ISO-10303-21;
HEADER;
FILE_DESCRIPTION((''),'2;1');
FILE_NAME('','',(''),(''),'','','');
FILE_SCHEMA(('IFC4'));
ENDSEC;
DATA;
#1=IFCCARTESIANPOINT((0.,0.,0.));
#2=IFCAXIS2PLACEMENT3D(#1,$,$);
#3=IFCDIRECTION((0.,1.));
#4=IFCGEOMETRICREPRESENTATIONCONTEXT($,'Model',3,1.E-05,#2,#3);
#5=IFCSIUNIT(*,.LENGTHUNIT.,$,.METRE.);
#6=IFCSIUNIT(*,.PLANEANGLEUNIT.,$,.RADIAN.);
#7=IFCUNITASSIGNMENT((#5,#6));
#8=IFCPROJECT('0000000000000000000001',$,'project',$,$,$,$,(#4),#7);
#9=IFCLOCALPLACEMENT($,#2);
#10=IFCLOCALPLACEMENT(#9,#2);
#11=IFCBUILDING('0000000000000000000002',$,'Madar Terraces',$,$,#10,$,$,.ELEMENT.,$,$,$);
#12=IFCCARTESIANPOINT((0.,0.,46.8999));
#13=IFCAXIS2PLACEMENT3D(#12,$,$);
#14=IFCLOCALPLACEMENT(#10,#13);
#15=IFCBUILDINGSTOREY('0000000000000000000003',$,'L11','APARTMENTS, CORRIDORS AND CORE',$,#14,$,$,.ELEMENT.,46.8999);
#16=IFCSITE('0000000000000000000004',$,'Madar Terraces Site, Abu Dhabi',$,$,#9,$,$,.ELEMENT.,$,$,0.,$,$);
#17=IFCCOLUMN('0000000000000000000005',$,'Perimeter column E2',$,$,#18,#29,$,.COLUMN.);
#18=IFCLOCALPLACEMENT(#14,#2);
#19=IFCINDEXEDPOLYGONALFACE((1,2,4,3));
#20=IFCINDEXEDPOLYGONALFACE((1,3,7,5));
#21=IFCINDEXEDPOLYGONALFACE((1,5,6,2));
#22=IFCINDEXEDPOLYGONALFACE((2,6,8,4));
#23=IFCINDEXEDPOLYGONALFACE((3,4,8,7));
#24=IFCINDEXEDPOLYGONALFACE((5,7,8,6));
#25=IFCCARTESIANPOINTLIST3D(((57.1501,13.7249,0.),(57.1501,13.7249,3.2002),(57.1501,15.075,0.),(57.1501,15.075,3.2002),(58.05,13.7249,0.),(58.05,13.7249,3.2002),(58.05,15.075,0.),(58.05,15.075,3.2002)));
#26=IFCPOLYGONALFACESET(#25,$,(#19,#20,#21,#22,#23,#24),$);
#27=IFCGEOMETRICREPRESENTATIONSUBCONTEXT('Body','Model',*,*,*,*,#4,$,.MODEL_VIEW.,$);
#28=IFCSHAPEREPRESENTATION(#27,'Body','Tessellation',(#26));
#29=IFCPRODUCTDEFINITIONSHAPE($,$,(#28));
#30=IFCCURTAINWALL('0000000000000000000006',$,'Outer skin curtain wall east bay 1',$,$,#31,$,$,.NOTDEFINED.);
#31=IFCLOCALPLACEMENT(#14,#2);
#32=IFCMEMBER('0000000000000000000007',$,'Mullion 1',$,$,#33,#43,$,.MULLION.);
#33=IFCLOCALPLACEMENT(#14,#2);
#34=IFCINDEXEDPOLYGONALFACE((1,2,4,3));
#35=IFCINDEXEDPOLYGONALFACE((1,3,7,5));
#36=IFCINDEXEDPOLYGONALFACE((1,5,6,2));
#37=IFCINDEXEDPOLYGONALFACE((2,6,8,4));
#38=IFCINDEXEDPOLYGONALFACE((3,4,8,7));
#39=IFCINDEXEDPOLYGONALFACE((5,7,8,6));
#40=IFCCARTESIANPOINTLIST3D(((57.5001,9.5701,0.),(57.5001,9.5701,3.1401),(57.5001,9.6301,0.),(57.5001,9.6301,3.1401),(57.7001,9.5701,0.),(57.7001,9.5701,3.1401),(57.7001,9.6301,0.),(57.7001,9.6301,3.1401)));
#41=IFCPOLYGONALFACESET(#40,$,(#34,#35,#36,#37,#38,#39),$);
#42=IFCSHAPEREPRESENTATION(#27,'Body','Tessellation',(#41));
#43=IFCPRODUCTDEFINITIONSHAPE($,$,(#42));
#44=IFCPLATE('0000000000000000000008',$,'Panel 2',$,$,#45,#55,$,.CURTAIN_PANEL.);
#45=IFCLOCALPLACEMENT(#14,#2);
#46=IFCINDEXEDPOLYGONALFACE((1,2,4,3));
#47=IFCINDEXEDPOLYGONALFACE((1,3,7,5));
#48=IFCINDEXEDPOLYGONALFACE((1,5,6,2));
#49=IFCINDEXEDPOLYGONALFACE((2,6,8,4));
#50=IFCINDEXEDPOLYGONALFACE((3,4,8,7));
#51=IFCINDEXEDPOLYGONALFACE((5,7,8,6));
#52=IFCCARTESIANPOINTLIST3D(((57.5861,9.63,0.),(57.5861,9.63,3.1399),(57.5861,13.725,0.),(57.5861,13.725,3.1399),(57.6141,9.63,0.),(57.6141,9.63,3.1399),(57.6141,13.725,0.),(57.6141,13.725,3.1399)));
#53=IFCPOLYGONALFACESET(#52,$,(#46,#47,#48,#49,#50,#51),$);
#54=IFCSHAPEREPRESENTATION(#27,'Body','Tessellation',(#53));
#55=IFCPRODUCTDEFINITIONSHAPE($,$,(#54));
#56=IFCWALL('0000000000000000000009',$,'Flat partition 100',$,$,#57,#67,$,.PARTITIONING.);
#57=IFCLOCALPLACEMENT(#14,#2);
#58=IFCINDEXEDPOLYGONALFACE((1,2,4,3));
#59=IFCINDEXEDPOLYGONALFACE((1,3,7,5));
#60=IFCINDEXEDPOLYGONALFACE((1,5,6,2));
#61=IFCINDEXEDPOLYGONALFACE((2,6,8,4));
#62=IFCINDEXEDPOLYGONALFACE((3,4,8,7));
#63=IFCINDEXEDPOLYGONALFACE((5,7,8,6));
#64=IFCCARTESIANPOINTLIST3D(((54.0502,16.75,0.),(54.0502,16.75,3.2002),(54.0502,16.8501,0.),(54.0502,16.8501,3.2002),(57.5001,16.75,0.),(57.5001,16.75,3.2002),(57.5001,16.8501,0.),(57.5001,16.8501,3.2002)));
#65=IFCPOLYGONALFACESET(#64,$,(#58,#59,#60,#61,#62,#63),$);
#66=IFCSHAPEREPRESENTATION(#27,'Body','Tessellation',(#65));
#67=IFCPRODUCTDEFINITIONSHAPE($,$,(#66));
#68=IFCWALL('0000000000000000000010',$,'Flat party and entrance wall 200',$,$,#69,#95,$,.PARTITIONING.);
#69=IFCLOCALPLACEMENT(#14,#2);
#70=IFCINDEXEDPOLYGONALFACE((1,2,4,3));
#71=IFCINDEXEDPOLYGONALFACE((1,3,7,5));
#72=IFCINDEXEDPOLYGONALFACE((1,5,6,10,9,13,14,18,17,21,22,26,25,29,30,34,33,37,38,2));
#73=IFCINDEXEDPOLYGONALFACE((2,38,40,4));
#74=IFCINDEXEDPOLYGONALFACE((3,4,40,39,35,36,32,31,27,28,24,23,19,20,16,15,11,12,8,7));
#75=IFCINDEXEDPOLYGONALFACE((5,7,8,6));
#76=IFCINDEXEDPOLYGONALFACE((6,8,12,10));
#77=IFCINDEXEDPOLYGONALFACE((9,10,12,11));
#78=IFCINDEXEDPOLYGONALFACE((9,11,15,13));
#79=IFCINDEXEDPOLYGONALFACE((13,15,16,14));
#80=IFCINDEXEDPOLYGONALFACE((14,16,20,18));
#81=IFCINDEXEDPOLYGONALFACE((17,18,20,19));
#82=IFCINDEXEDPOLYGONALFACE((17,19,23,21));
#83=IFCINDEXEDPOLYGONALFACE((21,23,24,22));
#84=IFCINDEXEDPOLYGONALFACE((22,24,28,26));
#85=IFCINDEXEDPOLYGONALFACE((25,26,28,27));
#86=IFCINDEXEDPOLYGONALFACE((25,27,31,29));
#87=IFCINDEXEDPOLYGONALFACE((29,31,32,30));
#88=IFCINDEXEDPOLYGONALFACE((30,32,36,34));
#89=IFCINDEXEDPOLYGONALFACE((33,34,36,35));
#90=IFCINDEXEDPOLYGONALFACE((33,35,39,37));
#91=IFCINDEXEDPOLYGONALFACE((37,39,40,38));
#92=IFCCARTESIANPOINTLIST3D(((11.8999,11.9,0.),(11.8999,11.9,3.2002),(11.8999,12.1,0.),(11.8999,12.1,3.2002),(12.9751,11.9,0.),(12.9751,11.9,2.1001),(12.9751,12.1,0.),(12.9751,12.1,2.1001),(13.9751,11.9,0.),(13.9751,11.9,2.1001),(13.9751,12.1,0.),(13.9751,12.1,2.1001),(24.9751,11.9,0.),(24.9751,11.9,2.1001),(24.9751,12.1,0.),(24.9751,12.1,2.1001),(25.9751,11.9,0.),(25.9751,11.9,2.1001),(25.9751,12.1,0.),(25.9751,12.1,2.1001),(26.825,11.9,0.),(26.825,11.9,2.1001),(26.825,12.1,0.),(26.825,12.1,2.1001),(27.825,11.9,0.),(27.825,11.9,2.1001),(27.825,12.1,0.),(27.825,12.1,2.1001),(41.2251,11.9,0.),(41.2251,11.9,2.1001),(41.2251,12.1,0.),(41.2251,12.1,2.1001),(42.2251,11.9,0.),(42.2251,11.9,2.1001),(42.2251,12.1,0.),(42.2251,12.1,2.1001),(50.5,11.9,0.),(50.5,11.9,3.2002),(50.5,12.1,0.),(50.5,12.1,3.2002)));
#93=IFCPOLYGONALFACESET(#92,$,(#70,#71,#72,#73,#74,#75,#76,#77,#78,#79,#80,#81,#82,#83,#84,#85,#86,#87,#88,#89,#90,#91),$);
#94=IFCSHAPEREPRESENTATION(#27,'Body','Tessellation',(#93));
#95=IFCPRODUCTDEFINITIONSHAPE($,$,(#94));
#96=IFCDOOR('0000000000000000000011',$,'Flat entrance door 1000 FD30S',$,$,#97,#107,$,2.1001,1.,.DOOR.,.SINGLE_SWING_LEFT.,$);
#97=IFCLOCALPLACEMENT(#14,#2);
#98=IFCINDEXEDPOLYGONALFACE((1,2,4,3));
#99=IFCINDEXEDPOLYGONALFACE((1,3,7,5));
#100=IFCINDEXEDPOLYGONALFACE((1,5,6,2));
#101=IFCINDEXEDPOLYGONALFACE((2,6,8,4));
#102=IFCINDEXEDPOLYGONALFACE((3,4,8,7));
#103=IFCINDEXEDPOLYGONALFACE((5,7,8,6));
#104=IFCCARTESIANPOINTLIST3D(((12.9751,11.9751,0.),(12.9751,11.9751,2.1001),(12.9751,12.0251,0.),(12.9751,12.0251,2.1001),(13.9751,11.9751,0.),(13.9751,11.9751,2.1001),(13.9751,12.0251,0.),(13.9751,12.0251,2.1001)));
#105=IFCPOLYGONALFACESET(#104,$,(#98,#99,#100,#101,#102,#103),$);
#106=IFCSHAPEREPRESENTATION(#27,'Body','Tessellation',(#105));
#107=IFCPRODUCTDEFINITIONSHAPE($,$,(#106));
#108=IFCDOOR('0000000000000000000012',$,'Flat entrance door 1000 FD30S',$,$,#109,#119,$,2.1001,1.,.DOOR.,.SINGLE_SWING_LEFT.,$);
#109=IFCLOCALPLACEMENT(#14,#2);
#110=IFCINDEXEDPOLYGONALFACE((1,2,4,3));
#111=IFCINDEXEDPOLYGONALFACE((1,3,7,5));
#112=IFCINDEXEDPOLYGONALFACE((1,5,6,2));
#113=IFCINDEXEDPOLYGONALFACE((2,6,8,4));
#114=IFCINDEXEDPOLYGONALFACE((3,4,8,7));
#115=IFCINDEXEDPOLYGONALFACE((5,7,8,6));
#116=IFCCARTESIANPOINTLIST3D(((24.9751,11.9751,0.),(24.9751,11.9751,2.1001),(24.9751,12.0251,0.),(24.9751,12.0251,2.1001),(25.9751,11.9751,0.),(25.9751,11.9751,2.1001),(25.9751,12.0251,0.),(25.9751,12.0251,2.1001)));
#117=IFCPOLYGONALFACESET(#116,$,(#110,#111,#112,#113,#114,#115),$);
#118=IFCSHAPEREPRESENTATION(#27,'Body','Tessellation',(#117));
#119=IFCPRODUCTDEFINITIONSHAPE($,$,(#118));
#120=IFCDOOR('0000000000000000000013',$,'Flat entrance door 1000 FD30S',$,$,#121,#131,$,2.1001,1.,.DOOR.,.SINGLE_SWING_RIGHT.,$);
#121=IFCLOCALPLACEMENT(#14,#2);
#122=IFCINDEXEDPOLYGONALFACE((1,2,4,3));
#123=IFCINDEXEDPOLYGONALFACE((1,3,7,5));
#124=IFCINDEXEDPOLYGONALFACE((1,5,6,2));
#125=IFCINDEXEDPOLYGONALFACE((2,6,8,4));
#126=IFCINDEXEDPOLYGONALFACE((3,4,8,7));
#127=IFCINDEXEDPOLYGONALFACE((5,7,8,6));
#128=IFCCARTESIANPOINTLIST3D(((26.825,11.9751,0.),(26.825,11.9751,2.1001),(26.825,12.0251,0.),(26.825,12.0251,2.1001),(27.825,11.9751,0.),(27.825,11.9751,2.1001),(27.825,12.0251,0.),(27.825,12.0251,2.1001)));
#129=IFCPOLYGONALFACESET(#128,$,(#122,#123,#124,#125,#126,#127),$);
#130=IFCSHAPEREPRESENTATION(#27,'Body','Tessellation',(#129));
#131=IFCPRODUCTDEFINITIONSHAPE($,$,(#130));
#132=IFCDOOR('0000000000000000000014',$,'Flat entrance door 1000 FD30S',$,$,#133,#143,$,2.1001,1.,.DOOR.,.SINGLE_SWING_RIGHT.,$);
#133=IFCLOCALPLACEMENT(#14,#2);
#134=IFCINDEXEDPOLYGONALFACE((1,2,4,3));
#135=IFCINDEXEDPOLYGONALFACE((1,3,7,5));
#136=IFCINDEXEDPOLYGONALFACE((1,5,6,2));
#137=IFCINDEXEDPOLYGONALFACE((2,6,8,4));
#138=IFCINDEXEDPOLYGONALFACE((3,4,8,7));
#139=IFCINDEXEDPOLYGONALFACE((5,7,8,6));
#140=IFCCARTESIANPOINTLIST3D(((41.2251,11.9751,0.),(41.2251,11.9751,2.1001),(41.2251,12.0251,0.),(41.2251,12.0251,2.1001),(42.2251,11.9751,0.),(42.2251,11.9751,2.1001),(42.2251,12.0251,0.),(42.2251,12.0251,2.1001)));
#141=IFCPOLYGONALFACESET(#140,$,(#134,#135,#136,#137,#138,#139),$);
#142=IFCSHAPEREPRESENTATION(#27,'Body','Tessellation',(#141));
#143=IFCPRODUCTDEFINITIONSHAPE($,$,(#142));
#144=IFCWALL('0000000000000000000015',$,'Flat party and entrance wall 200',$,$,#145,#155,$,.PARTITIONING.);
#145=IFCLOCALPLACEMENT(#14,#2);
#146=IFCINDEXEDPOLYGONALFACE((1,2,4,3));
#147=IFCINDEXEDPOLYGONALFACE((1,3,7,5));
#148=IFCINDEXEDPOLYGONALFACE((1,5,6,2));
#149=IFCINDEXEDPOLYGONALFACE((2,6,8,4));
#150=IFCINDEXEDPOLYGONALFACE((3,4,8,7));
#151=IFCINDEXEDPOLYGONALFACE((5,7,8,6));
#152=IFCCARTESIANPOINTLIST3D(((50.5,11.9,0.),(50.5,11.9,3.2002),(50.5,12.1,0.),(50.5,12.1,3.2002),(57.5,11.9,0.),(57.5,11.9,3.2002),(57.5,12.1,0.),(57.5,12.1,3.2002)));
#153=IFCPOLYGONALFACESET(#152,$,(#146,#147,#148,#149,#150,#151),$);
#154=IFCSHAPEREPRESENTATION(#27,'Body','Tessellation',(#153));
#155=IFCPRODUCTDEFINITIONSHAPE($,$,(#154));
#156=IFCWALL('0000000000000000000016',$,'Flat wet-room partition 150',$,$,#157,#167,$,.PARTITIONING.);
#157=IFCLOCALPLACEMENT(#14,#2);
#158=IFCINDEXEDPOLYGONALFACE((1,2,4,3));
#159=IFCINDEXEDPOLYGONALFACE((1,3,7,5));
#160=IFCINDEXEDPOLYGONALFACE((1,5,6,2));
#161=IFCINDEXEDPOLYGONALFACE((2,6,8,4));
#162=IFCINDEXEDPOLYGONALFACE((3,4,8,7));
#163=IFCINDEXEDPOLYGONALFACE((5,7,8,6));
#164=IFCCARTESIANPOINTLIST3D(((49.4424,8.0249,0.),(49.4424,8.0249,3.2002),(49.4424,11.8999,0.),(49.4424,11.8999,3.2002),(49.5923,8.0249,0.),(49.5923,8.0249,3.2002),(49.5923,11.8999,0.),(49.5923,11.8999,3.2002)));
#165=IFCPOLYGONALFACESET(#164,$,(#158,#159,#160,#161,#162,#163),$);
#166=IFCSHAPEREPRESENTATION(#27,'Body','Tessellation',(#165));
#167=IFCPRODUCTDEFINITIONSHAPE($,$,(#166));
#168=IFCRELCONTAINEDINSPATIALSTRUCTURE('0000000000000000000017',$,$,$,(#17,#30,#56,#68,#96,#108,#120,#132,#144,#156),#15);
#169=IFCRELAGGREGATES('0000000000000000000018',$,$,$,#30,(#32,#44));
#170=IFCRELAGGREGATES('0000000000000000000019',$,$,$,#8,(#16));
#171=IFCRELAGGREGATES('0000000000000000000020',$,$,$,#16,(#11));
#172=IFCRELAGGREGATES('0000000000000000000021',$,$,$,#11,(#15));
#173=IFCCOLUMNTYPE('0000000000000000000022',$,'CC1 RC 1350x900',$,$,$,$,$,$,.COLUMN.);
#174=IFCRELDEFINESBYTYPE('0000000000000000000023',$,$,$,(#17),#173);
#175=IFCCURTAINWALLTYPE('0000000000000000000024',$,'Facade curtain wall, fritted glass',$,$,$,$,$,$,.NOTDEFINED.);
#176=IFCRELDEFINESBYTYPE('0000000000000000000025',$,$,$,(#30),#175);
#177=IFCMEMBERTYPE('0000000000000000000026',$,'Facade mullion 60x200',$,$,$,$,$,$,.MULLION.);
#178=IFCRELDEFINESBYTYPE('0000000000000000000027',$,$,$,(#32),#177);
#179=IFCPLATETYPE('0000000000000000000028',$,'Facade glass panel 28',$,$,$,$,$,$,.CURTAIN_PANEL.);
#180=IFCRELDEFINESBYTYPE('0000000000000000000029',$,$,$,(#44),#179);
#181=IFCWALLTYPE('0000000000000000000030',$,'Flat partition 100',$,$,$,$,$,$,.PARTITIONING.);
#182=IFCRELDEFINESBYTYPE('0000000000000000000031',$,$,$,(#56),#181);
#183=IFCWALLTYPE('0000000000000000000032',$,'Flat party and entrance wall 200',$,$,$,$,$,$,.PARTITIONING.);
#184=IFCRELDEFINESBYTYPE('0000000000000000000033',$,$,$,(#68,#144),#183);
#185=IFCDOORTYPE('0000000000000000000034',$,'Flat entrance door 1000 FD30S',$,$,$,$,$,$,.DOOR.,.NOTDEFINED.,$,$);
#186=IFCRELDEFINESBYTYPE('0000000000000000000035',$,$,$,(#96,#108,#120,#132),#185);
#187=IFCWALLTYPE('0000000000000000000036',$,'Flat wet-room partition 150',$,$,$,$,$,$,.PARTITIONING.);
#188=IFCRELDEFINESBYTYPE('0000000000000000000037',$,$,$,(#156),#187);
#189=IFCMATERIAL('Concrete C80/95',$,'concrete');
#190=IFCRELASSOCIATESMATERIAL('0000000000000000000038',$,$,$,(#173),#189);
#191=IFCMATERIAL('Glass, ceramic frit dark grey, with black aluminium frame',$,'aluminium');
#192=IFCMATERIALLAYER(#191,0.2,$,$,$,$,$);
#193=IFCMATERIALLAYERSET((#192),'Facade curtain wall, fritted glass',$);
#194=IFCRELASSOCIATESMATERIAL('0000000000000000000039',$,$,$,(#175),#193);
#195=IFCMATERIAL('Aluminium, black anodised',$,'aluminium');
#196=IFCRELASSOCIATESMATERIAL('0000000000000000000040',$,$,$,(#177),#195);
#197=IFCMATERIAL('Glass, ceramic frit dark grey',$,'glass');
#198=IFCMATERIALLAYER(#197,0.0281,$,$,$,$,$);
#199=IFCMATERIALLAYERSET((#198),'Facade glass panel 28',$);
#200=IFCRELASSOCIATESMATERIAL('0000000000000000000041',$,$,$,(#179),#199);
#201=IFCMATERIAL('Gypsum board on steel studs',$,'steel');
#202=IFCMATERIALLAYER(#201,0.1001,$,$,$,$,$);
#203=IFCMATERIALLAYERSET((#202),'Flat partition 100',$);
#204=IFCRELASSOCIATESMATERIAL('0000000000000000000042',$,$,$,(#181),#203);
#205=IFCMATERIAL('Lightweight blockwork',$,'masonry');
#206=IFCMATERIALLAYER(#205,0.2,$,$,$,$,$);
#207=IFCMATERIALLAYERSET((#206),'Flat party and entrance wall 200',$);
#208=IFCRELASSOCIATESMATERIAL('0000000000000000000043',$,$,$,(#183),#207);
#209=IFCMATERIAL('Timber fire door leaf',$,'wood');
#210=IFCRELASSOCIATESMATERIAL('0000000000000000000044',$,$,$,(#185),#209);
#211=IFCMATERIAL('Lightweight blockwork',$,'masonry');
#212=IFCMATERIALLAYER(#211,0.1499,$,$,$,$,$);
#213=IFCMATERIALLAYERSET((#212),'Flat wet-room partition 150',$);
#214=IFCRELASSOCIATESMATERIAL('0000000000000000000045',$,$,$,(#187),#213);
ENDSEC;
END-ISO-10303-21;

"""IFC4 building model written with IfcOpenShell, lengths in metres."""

from ifc_helpers import new_model, si_unit, direction, frame, frame_2d, origin, origin_2d, place, context, subcontext, project, spatial, rectangle, extrude, material, layer, layer_set, material_profile, profile_set, type_object, element, fill, aggregate, save


model = new_model("IFC4")

# Units and contexts
model_context = context("Model", 3, precision=1e-05, world=origin(), true_north=direction((0.0, 1.0)))
body_context = subcontext(model_context, "Body", "Model", "MODEL_VIEW")
ifc_project = project(units=[si_unit("LENGTHUNIT", "METRE"), si_unit("PLANEANGLEUNIT", "RADIAN")], contexts=[model_context])

# Site, building, storey
site_placement = place(None, origin())
site = spatial("IfcSite", under=ifc_project, at=site_placement, Name="Madar Terraces Site, Abu Dhabi", CompositionType="ELEMENT", RefElevation=0.0)
building_placement = place(site_placement, origin())
building = spatial("IfcBuilding", under=site, at=building_placement, Name="Madar Terraces", CompositionType="ELEMENT")
storey_placement = place(building_placement, frame((0.0, 0.0, 46.8999)))
storey = spatial("IfcBuildingStorey", under=building, at=storey_placement, Name="L11", Description="APARTMENTS, CORRIDORS AND CORE", CompositionType="ELEMENT", Elevation=46.8999)

# Column
ifc_material_1 = material(Name="Concrete C80/95", Category="concrete")
ifc_material_profile_1 = material_profile(ifc_material_1, rectangle(XDim=1.3501, YDim=0.8999, at=origin_2d()), Name="CC1 RC 1350x900")
ifc_profile_set_1 = profile_set([ifc_material_profile_1], Name="Concrete C80/95")
column_type = type_object("IfcColumnType", Name="CC1 RC 1350x900", PredefinedType="COLUMN", material=ifc_profile_set_1)
column_placement = place(storey_placement, frame((57.6001, 14.3999, 0.0), z_axis=(0.0, 0.0, 1.0), x_axis=(0.0, 1.0, 0.0)))
element("IfcColumn", 1, at=column_placement, inside=storey, type_object=column_type, Name="Perimeter column E2", PredefinedType="COLUMN", context=body_context, shape_type="SweptSolid", body=[
    extrude(rectangle(XDim=1.3501, YDim=0.8999, at=origin_2d()), origin(), (0.0, 0.0, 1.0), 3.2002),
])

# Curtain wall, member, plate
ifc_material_2 = material(Name="Glass, ceramic frit dark grey, with black aluminium frame", Category="aluminium")
ifc_layer_1 = layer(ifc_material_2, 0.2)
ifc_layer_set_1 = layer_set([ifc_layer_1], Name="Facade curtain wall, fritted glass")
curtain_wall_type = type_object("IfcCurtainWallType", Name="Facade curtain wall, fritted glass", PredefinedType="NOTDEFINED", material=ifc_layer_set_1)
curtain_wall_placement = place(storey_placement, origin())
curtain_wall = element("IfcCurtainWall", 2, at=curtain_wall_placement, inside=storey, type_object=curtain_wall_type, Name="Outer skin curtain wall east bay 1", PredefinedType="NOTDEFINED")
ifc_material_3 = material(Name="Aluminium, black anodised", Category="aluminium")
ifc_material_profile_2 = material_profile(ifc_material_3, rectangle(XDim=0.2, YDim=0.0601, at=origin_2d()), Name="Facade mullion 60x200")
ifc_profile_set_2 = profile_set([ifc_material_profile_2], Name="Aluminium, black anodised")
member_type = type_object("IfcMemberType", Name="Facade mullion 60x200", PredefinedType="MULLION", material=ifc_profile_set_2)
member_placement = place(storey_placement, frame((57.6001, 9.6001, 0.0), z_axis=(0.0, 0.0, 1.0), x_axis=(-1.0, 0.0, 0.0)))
member = element("IfcMember", 3, at=member_placement, type_object=member_type, Name="Mullion 1", PredefinedType="MULLION", context=body_context, shape_type="SweptSolid", body=[
    extrude(rectangle(XDim=0.2, YDim=0.0601, at=origin_2d()), origin(), (0.0, 0.0, 1.0), 3.1401),
])
ifc_material_4 = material(Name="Glass, ceramic frit dark grey", Category="glass")
ifc_layer_2 = layer(ifc_material_4, 0.0281)
ifc_layer_set_2 = layer_set([ifc_layer_2], Name="Facade glass panel 28")
plate_type = type_object("IfcPlateType", Name="Facade glass panel 28", PredefinedType="CURTAIN_PANEL", material=ifc_layer_set_2)
plate_placement = place(storey_placement, frame((57.6001, 11.6775, 0.0), z_axis=(0.0, 0.0, 1.0), x_axis=(0.0, 1.0, 0.0)))
plate = element("IfcPlate", 4, at=plate_placement, type_object=plate_type, Name="Panel 2", PredefinedType="CURTAIN_PANEL", context=body_context, shape_type="SweptSolid", body=[
    extrude(rectangle(XDim=4.095, YDim=0.0281, at=origin_2d()), origin(), (0.0, 0.0, 1.0), 3.1399),
])
aggregate(curtain_wall, [member, plate])

# Wall
ifc_material_5 = material(Name="Gypsum board on steel studs", Category="steel")
ifc_layer_3 = layer(ifc_material_5, 0.1001)
ifc_layer_set_3 = layer_set([ifc_layer_3], Name="Flat partition 100")
wall_type_1 = type_object("IfcWallType", Name="Flat partition 100", PredefinedType="PARTITIONING", material=ifc_layer_set_3)
wall_1_placement = place(storey_placement, frame((54.05, 16.8, 0.0), z_axis=(0.0, 0.0, 1.0), x_axis=(1.0, 0.0, 0.0)))
element("IfcWall", 5, at=wall_1_placement, inside=storey, type_object=wall_type_1, Name="Flat partition 100", PredefinedType="PARTITIONING", context=body_context, shape_type="SweptSolid", body=[
    extrude(rectangle(XDim=3.45, YDim=0.1001, at=frame_2d((1.7251, 0.0))), origin(), (0.0, 0.0, 1.0), 3.2002),
])

# Wall, openings, doors
ifc_material_6 = material(Name="Lightweight blockwork", Category="masonry")
ifc_layer_4 = layer(ifc_material_6, 0.2)
ifc_layer_set_4 = layer_set([ifc_layer_4], Name="Flat party and entrance wall 200")
wall_type_2 = type_object("IfcWallType", Name="Flat party and entrance wall 200", PredefinedType="PARTITIONING", material=ifc_layer_set_4)
wall_2_placement = place(storey_placement, frame((50.5, 12.0, 0.0), z_axis=(0.0, 0.0, 1.0), x_axis=(-1.0, 0.0, 0.0)))
wall_2 = element("IfcWall", 6, at=wall_2_placement, inside=storey, type_object=wall_type_2, Name="Flat party and entrance wall 200", PredefinedType="PARTITIONING", context=body_context, shape_type="SweptSolid", body=[
    extrude(rectangle(XDim=38.6001, YDim=0.2, at=frame_2d((19.3, 0.0))), origin(), (0.0, 0.0, 1.0), 3.2002),
])
opening_1_placement = place(wall_2_placement, frame((36.5249, 0.0, 0.0)))
opening_1 = element("IfcOpeningElement", 7, at=opening_1_placement, cuts=wall_2, PredefinedType="OPENING", context=body_context, shape_type="SweptSolid", body=[
    extrude(rectangle(XDim=1.0, YDim=2.1001, at=frame_2d((0.5, 1.05))), frame((0.0, 0.1099, 0.0), z_axis=(0.0, -1.0, 0.0), x_axis=(1.0, 0.0, 0.0)), (0.0, 0.0, 1.0), 0.22),
])
opening_2_placement = place(wall_2_placement, frame((24.5249, 0.0, 0.0)))
opening_2 = element("IfcOpeningElement", 8, at=opening_2_placement, cuts=wall_2, PredefinedType="OPENING", context=body_context, shape_type="SweptSolid", body=[
    extrude(rectangle(XDim=1.0, YDim=2.1001, at=frame_2d((0.5, 1.05))), frame((0.0, 0.1099, 0.0), z_axis=(0.0, -1.0, 0.0), x_axis=(1.0, 0.0, 0.0)), (0.0, 0.0, 1.0), 0.22),
])
opening_3_placement = place(wall_2_placement, frame((22.675, 0.0, 0.0)))
opening_3 = element("IfcOpeningElement", 9, at=opening_3_placement, cuts=wall_2, PredefinedType="OPENING", context=body_context, shape_type="SweptSolid", body=[
    extrude(rectangle(XDim=1.0, YDim=2.1001, at=frame_2d((0.5, 1.05))), frame((0.0, 0.1099, 0.0), z_axis=(0.0, -1.0, 0.0), x_axis=(1.0, 0.0, 0.0)), (0.0, 0.0, 1.0), 0.22),
])
opening_4_placement = place(wall_2_placement, frame((8.2749, 0.0, 0.0)))
opening_4 = element("IfcOpeningElement", 10, at=opening_4_placement, cuts=wall_2, PredefinedType="OPENING", context=body_context, shape_type="SweptSolid", body=[
    extrude(rectangle(XDim=1.0, YDim=2.1001, at=frame_2d((0.5, 1.05))), frame((0.0, 0.1099, 0.0), z_axis=(0.0, -1.0, 0.0), x_axis=(1.0, 0.0, 0.0)), (0.0, 0.0, 1.0), 0.22),
])
ifc_material_7 = material(Name="Timber fire door leaf", Category="wood")
door_type_1 = type_object("IfcDoorType", Name="Flat entrance door 1000 FD30S", OperationType="NOTDEFINED", PredefinedType="DOOR", material=ifc_material_7)
door_1_placement = place(opening_1_placement, origin())
door_1 = element("IfcDoor", 11, at=door_1_placement, inside=storey, type_object=door_type_1, Name="Flat entrance door 1000 FD30S", OperationType="SINGLE_SWING_LEFT", OverallHeight=2.1001, OverallWidth=1.0, PredefinedType="DOOR", context=body_context, shape_type="SweptSolid", body=[
    extrude(rectangle(XDim=1.0, YDim=2.1001, at=frame_2d((0.5, 1.05))), frame((0.0, 0.0249, 0.0), z_axis=(0.0, -1.0, 0.0), x_axis=(1.0, 0.0, 0.0)), (0.0, 0.0, 1.0), 0.05),
])
fill(opening_1, door_1)
door_2_placement = place(opening_2_placement, origin())
door_2 = element("IfcDoor", 12, at=door_2_placement, inside=storey, type_object=door_type_1, Name="Flat entrance door 1000 FD30S", OperationType="SINGLE_SWING_LEFT", OverallHeight=2.1001, OverallWidth=1.0, PredefinedType="DOOR", context=body_context, shape_type="SweptSolid", body=[
    extrude(rectangle(XDim=1.0, YDim=2.1001, at=frame_2d((0.5, 1.05))), frame((0.0, 0.0249, 0.0), z_axis=(0.0, -1.0, 0.0), x_axis=(1.0, 0.0, 0.0)), (0.0, 0.0, 1.0), 0.05),
])
fill(opening_2, door_2)
door_3_placement = place(opening_3_placement, origin())
door_3 = element("IfcDoor", 13, at=door_3_placement, inside=storey, type_object=door_type_1, Name="Flat entrance door 1000 FD30S", OperationType="SINGLE_SWING_RIGHT", OverallHeight=2.1001, OverallWidth=1.0, PredefinedType="DOOR", context=body_context, shape_type="SweptSolid", body=[
    extrude(rectangle(XDim=1.0, YDim=2.1001, at=frame_2d((0.5, 1.05))), frame((0.0, 0.0249, 0.0), z_axis=(0.0, -1.0, 0.0), x_axis=(1.0, 0.0, 0.0)), (0.0, 0.0, 1.0), 0.05),
])
fill(opening_3, door_3)
door_4_placement = place(opening_4_placement, origin())
door_4 = element("IfcDoor", 14, at=door_4_placement, inside=storey, type_object=door_type_1, Name="Flat entrance door 1000 FD30S", OperationType="SINGLE_SWING_RIGHT", OverallHeight=2.1001, OverallWidth=1.0, PredefinedType="DOOR", context=body_context, shape_type="SweptSolid", body=[
    extrude(rectangle(XDim=1.0, YDim=2.1001, at=frame_2d((0.5, 1.05))), frame((0.0, 0.0249, 0.0), z_axis=(0.0, -1.0, 0.0), x_axis=(1.0, 0.0, 0.0)), (0.0, 0.0, 1.0), 0.05),
])
fill(opening_4, door_4)

# Walls
wall_3_placement = place(storey_placement, frame((50.5, 12.0, 0.0), z_axis=(0.0, 0.0, 1.0), x_axis=(1.0, 0.0, 0.0)))
element("IfcWall", 15, at=wall_3_placement, inside=storey, type_object=wall_type_2, Name="Flat party and entrance wall 200", PredefinedType="PARTITIONING", context=body_context, shape_type="SweptSolid", body=[
    extrude(rectangle(XDim=7.0, YDim=0.2, at=frame_2d((3.5, 0.0))), origin(), (0.0, 0.0, 1.0), 3.2002),
])
ifc_material_8 = material(Name="Lightweight blockwork", Category="masonry")
ifc_layer_5 = layer(ifc_material_8, 0.1499)
ifc_layer_set_5 = layer_set([ifc_layer_5], Name="Flat wet-room partition 150")
wall_type_3 = type_object("IfcWallType", Name="Flat wet-room partition 150", PredefinedType="PARTITIONING", material=ifc_layer_set_5)
for number, where, z_axis, x_axis, name in (
    (16, (49.5173, 11.8999, 0.0), (0.0, 0.0, 1.0), (0.0, -1.0, 0.0), "Flat wet-room partition 150"),
):
    element("IfcWall", number, at=place(storey_placement, frame(where, z_axis=z_axis, x_axis=x_axis)), inside=storey, type_object=wall_type_3, Name=name, PredefinedType="PARTITIONING", context=body_context, shape_type="SweptSolid", body=[
        extrude(rectangle(XDim=3.875, YDim=0.1499, at=frame_2d((1.9375, 0.0))), origin(), (0.0, 0.0, 1.0), 3.2002),
    ])

save(model, "model.ifc")
